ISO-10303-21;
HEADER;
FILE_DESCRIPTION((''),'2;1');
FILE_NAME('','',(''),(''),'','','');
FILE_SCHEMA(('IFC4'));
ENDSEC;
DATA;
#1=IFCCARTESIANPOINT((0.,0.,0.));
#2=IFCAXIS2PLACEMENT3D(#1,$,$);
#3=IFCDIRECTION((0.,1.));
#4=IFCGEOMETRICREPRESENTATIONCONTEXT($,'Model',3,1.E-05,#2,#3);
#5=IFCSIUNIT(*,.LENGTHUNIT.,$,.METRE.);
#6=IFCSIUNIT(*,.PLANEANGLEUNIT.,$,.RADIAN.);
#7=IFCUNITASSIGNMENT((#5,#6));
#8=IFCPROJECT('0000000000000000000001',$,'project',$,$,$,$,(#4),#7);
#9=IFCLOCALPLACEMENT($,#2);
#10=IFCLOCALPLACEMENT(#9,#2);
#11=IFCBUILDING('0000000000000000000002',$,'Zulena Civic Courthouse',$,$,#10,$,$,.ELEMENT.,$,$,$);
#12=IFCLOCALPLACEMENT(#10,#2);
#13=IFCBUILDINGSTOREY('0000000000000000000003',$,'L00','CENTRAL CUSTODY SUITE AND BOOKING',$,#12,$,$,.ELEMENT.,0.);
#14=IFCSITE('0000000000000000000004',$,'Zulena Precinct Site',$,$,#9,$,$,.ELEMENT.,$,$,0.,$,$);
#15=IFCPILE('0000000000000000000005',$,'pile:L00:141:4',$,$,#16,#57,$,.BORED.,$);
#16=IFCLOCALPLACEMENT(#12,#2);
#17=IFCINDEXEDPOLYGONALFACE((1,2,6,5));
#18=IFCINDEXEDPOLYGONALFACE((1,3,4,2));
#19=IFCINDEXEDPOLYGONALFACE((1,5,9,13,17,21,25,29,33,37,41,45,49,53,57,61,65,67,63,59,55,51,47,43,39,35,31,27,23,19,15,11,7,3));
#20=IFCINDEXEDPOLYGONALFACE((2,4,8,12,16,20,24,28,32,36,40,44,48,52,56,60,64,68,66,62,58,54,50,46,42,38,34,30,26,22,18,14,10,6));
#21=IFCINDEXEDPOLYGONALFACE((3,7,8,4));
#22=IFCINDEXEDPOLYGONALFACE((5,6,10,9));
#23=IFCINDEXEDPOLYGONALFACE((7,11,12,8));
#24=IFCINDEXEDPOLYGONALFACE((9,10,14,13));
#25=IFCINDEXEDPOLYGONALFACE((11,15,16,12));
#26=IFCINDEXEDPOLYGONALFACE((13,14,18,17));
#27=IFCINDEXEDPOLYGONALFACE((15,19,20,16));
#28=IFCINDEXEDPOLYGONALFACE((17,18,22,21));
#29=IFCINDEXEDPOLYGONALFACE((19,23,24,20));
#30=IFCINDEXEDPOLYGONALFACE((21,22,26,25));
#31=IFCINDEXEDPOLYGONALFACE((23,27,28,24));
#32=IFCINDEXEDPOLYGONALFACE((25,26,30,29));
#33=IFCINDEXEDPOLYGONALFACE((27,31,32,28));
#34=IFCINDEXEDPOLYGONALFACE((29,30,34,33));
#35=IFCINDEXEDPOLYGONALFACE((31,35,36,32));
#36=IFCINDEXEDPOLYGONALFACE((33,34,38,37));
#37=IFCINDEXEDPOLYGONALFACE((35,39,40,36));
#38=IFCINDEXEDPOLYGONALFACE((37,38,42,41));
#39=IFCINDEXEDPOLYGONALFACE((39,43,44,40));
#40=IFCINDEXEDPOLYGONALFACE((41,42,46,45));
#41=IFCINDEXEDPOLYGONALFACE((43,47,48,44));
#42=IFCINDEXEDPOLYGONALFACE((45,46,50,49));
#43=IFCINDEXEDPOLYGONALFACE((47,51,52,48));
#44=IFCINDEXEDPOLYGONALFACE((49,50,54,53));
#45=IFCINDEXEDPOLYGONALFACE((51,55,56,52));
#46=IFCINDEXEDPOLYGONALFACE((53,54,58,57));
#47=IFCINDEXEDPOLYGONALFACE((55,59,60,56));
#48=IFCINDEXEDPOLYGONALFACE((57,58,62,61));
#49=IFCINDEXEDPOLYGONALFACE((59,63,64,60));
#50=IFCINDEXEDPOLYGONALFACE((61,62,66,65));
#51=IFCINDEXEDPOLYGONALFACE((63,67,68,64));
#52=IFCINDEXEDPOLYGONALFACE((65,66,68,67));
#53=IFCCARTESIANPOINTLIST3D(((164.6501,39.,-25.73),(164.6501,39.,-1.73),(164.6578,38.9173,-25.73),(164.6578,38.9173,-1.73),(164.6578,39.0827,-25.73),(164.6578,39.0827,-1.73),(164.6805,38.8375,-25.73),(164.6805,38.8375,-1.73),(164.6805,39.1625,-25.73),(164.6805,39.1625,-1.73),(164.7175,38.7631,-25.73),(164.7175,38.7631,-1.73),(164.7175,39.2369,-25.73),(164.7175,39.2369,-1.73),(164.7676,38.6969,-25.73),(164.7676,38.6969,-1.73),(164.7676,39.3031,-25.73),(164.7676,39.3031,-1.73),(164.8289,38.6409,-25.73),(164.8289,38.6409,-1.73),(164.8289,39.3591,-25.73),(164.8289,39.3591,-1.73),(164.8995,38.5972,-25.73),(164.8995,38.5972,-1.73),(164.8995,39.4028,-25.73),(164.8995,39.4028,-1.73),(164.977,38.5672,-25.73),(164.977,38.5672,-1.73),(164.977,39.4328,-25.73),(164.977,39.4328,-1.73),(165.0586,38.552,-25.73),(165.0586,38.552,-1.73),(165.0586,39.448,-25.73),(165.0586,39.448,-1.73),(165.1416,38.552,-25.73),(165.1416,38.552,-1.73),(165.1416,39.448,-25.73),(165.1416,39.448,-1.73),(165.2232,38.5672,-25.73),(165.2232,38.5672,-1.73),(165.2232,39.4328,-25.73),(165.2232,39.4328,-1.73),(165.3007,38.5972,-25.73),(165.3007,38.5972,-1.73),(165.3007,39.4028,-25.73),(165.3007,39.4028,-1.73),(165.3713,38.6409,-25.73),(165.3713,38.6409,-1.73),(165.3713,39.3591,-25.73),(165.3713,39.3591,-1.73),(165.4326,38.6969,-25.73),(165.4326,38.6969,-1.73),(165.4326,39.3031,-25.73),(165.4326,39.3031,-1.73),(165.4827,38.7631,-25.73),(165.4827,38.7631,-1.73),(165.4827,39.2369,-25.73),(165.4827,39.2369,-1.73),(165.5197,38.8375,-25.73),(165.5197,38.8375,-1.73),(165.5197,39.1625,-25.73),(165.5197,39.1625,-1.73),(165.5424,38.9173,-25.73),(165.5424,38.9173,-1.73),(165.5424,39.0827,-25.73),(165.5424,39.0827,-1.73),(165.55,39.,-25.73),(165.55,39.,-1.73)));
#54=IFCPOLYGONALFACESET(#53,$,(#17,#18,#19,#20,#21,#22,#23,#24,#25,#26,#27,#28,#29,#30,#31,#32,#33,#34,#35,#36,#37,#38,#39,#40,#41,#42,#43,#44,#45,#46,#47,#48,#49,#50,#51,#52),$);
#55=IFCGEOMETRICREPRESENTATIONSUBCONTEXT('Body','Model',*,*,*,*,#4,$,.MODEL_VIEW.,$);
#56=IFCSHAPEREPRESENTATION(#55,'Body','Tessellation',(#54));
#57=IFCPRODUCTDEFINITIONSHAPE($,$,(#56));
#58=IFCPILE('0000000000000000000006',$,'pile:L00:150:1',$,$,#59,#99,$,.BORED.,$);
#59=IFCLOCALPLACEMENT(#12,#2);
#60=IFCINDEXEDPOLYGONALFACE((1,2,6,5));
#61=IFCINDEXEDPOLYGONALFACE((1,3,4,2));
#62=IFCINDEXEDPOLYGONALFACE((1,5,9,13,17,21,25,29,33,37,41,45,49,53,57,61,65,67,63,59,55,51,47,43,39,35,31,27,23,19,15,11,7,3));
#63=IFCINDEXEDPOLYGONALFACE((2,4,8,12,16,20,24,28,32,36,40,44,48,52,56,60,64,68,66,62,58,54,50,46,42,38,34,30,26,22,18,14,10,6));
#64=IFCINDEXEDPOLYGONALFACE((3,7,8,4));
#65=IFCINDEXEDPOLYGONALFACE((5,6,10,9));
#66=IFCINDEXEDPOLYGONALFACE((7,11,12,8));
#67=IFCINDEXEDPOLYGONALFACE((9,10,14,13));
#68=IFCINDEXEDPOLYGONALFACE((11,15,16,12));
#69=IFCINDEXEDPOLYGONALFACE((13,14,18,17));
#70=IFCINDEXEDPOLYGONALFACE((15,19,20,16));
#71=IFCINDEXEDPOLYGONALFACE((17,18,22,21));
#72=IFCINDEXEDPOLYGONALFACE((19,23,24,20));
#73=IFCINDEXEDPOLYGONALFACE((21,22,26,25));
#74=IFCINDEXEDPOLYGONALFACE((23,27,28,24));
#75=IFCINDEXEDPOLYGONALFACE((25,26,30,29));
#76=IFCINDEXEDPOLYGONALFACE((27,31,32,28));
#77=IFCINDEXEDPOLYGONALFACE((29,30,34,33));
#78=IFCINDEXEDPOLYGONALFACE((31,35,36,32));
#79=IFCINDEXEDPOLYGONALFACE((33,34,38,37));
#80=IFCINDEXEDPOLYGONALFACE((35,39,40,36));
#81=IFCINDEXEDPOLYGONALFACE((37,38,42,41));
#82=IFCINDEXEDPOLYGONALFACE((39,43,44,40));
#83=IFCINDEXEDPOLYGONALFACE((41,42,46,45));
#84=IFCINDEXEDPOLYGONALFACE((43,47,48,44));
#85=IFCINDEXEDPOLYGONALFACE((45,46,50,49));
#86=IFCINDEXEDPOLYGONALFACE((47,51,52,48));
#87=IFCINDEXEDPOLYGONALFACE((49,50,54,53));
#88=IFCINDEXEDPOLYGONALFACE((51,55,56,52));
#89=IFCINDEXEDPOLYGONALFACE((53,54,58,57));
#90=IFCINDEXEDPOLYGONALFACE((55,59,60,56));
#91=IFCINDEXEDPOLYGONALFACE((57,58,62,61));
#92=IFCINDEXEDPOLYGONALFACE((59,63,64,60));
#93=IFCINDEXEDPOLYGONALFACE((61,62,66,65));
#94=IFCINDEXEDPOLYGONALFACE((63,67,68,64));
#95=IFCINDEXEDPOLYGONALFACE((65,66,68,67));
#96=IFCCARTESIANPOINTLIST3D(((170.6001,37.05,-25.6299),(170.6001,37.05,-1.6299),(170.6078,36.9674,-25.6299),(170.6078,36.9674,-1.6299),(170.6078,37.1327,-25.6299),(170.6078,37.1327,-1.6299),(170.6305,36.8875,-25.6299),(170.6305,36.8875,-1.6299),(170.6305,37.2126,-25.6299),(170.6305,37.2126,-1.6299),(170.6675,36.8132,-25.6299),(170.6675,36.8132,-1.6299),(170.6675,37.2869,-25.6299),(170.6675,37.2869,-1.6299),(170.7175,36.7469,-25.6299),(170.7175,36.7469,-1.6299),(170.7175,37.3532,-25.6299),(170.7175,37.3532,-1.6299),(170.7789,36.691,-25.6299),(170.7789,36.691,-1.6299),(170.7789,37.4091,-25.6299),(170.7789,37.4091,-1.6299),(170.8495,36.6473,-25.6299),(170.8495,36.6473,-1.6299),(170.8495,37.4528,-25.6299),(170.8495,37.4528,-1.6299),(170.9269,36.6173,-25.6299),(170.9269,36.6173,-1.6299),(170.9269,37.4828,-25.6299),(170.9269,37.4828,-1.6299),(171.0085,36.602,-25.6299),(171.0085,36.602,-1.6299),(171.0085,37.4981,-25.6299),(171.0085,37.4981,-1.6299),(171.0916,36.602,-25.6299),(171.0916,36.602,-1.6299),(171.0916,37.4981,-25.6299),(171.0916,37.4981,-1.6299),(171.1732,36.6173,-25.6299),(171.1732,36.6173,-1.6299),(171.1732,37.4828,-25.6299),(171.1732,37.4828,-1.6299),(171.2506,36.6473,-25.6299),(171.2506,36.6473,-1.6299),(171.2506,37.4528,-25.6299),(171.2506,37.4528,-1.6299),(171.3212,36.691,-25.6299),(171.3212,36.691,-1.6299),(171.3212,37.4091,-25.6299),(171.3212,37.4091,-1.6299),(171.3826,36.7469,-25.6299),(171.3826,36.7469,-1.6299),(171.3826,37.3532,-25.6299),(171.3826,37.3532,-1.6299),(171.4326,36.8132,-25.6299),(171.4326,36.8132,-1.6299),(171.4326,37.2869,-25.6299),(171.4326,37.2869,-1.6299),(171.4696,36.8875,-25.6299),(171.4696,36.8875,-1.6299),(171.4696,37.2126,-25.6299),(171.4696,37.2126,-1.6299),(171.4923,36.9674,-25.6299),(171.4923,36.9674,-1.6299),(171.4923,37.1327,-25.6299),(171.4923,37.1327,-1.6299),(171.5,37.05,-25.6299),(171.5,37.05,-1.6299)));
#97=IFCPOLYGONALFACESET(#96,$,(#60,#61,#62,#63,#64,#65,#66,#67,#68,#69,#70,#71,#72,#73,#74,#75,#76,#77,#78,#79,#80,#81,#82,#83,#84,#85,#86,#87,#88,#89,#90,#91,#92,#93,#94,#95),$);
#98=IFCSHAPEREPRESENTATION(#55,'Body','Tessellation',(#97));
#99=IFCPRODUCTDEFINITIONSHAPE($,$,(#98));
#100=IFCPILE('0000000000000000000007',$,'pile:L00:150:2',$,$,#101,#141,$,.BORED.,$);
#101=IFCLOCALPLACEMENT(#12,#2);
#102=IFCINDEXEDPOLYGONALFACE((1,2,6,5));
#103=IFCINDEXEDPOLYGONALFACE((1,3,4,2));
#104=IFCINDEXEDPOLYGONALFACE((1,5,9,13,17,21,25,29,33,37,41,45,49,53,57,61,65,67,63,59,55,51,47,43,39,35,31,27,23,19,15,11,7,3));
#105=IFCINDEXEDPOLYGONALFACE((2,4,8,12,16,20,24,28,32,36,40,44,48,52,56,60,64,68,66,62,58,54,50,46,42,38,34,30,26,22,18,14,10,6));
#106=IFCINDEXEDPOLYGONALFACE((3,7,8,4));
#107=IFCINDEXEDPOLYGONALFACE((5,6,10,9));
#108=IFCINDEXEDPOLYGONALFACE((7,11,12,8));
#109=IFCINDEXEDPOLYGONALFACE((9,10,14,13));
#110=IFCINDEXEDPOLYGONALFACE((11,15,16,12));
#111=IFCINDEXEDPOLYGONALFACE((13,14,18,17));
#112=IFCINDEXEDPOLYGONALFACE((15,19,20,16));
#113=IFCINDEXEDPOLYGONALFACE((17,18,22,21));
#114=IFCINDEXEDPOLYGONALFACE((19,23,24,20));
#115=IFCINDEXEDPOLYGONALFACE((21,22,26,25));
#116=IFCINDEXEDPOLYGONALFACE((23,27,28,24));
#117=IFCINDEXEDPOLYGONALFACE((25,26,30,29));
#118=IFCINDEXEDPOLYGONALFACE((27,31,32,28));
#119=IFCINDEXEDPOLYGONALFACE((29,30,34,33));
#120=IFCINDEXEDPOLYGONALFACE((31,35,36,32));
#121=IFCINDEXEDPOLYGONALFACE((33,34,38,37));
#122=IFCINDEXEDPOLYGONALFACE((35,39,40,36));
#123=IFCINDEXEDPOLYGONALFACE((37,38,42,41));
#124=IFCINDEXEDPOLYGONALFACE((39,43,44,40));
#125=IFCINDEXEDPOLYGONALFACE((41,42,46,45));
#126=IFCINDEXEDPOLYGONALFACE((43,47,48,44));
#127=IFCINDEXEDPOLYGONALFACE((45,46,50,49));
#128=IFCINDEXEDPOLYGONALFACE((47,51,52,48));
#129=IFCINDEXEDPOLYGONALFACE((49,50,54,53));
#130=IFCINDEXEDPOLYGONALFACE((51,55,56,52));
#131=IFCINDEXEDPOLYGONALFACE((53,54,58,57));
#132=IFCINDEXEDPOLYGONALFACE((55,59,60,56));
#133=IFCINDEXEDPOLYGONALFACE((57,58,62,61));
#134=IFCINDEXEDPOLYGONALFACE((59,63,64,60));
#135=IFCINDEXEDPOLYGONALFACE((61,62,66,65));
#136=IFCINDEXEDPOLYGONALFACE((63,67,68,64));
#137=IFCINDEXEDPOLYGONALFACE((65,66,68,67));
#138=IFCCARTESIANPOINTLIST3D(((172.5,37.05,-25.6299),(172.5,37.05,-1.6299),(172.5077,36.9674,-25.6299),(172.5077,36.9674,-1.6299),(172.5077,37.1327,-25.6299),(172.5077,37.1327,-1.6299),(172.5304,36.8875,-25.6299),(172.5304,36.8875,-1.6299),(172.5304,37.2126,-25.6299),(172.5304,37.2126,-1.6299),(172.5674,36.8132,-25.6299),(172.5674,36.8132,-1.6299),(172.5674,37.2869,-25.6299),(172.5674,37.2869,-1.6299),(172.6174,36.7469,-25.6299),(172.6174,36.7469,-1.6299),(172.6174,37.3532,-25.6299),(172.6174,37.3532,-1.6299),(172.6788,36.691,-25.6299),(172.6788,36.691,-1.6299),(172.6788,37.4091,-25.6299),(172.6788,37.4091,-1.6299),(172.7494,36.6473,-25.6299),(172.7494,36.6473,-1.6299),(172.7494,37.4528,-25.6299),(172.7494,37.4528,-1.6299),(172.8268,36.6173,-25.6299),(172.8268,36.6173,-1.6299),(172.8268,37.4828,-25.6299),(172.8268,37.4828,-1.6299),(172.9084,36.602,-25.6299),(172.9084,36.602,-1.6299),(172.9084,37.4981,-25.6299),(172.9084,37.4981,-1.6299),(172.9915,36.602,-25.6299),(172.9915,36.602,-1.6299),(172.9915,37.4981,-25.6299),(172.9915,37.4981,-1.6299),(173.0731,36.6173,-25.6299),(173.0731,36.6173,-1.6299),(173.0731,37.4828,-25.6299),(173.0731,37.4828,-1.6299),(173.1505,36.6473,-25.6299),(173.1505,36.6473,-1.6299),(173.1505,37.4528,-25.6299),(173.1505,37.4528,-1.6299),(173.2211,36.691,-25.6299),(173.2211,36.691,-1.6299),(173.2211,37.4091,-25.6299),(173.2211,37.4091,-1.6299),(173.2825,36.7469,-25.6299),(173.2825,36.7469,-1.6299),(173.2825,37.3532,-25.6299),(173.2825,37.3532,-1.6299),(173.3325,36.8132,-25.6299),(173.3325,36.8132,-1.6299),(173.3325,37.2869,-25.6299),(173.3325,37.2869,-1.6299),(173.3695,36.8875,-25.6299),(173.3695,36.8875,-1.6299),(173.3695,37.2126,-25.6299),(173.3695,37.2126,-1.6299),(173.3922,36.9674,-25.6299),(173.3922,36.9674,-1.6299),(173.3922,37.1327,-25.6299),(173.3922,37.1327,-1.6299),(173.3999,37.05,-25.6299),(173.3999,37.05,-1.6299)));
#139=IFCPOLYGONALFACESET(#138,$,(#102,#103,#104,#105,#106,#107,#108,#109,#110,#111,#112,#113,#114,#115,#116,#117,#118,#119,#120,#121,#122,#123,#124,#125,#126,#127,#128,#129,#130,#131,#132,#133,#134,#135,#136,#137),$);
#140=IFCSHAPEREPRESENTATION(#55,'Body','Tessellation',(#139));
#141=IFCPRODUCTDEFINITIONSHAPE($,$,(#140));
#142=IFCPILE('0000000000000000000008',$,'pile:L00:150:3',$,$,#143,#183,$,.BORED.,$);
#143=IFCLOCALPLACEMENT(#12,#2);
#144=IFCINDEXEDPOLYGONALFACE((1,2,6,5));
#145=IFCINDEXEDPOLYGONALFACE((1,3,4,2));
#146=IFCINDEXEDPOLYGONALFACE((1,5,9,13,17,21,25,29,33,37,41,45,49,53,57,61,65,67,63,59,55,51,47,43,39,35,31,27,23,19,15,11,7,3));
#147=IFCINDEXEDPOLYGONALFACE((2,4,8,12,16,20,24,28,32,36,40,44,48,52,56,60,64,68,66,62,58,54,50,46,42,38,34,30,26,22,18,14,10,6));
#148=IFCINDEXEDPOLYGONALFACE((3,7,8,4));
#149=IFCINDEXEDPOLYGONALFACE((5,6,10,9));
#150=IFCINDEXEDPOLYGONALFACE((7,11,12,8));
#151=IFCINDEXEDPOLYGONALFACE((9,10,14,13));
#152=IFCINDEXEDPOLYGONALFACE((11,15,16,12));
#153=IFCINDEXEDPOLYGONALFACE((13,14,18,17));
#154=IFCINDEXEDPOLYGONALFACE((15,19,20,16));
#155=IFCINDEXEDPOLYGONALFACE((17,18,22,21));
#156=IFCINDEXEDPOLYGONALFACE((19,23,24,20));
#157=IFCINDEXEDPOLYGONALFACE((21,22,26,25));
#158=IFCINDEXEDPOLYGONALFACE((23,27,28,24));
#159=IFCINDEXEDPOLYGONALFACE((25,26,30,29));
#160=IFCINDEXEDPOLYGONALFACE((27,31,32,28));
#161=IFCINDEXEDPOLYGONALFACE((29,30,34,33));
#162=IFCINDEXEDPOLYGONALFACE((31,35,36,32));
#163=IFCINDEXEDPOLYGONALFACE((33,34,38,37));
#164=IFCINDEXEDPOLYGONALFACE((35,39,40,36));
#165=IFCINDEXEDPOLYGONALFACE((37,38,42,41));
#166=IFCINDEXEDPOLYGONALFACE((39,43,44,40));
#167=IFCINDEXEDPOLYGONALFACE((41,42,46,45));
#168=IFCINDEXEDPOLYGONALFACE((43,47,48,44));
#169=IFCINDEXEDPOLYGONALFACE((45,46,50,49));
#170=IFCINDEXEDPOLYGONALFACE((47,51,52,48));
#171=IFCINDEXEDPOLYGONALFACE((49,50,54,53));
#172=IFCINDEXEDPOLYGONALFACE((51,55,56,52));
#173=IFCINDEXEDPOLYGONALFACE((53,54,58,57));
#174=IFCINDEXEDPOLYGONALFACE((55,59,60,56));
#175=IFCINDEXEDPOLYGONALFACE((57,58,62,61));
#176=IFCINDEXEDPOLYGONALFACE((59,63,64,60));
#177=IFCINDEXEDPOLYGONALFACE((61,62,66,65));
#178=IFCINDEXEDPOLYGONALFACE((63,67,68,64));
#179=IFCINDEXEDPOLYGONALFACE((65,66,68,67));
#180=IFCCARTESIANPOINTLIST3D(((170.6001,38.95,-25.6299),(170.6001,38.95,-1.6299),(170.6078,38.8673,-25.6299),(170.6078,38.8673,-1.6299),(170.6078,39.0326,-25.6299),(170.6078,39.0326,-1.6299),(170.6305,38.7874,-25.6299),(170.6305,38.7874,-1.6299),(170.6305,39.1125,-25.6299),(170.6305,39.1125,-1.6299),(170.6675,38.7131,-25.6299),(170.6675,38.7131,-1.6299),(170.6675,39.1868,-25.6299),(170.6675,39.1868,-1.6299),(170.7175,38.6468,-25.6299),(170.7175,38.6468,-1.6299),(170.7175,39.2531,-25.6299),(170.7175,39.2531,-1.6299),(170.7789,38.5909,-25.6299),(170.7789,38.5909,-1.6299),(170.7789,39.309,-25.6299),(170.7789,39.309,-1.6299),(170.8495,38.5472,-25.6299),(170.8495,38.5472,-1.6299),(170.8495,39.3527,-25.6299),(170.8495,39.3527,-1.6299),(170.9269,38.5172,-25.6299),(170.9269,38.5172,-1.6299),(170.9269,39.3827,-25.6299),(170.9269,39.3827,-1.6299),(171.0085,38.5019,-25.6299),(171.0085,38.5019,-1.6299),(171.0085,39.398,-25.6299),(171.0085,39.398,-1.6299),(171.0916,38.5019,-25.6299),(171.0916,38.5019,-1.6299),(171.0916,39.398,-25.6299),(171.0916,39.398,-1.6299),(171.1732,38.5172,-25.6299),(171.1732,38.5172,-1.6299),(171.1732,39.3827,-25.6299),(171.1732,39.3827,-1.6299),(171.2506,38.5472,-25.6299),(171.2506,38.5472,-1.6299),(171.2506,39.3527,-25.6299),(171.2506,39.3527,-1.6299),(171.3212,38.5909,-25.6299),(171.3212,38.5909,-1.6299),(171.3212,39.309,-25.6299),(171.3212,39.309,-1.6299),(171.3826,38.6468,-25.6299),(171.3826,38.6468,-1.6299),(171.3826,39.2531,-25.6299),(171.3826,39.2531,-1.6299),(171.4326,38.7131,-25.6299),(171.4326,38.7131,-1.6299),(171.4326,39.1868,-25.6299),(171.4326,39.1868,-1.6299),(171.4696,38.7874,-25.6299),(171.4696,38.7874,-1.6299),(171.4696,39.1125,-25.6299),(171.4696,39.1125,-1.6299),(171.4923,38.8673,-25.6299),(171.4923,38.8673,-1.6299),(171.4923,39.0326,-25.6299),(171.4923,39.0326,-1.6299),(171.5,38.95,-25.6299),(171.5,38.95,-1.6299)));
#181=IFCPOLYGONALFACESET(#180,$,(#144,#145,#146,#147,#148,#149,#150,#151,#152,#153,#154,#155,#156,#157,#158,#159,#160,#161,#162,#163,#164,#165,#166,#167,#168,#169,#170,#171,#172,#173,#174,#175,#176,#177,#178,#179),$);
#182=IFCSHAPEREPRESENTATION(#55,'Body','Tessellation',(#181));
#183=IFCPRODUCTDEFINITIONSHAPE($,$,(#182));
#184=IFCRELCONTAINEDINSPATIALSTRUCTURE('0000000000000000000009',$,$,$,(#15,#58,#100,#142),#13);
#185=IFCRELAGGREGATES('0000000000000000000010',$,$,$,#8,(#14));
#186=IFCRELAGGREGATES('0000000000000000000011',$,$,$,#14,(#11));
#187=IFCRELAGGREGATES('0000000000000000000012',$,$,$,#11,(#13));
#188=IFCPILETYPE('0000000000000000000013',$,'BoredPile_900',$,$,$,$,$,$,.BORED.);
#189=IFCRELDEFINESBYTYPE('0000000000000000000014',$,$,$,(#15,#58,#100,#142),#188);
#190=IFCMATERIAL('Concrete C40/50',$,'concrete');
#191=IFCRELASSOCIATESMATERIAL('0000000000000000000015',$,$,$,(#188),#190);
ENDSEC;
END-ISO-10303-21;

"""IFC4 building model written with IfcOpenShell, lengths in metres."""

from ifc_helpers import new_model, si_unit, direction, frame, origin, origin_2d, place, context, subcontext, project, spatial, circle, extrude, material, material_profile, profile_set, type_object, element, save


model = new_model("IFC4")

# Units and contexts
model_context = context("Model", 3, precision=1e-05, world=origin(), true_north=direction((0.0, 1.0)))
body_context = subcontext(model_context, "Body", "Model", "MODEL_VIEW")
ifc_project = project(units=[si_unit("LENGTHUNIT", "METRE"), si_unit("PLANEANGLEUNIT", "RADIAN")], contexts=[model_context])

# Site, building, storey
site_placement = place(None, origin())
site = spatial("IfcSite", under=ifc_project, at=site_placement, Name="Zulena Precinct Site", CompositionType="ELEMENT", RefElevation=0.0)
building_placement = place(site_placement, origin())
building = spatial("IfcBuilding", under=site, at=building_placement, Name="Zulena Civic Courthouse", CompositionType="ELEMENT")
storey_placement = place(building_placement, origin())
storey = spatial("IfcBuildingStorey", under=building, at=storey_placement, Name="L00", Description="CENTRAL CUSTODY SUITE AND BOOKING", CompositionType="ELEMENT", Elevation=0.0)

# Piles
ifc_material_1 = material(Name="Concrete C40/50", Category="concrete")
ifc_material_profile_1 = material_profile(ifc_material_1, circle(Radius=0.45, at=origin_2d()), Name="PILE900")
ifc_profile_set_1 = profile_set([ifc_material_profile_1], Name="Concrete C40/50")
pile_type = type_object("IfcPileType", Name="BoredPile_900", PredefinedType="BORED", material=ifc_profile_set_1)
for number, where, z_axis, x_axis, name in (
    (1, (165.1001, 39.0, -1.73), (0.0, 0.0, -1.0), (1.0, 0.0, 0.0), "pile:L00:141:4"),
    (2, (171.05, 37.05, -1.6299), (0.0, 0.0, -1.0), (1.0, 0.0, 0.0), "pile:L00:150:1"),
    (3, (172.95, 37.05, -1.6299), (0.0, 0.0, -1.0), (1.0, 0.0, 0.0), "pile:L00:150:2"),
    (4, (171.05, 38.95, -1.6299), (0.0, 0.0, -1.0), (1.0, 0.0, 0.0), "pile:L00:150:3"),
):
    element("IfcPile", number, at=place(storey_placement, frame(where, z_axis=z_axis, x_axis=x_axis)), inside=storey, type_object=pile_type, Name=name, PredefinedType="BORED", context=body_context, shape_type="SweptSolid", body=[
        extrude(circle(Radius=0.45, at=origin_2d()), origin(), (0.0, 0.0, 1.0), 24.0),
    ])

save(model, "model.ifc")
